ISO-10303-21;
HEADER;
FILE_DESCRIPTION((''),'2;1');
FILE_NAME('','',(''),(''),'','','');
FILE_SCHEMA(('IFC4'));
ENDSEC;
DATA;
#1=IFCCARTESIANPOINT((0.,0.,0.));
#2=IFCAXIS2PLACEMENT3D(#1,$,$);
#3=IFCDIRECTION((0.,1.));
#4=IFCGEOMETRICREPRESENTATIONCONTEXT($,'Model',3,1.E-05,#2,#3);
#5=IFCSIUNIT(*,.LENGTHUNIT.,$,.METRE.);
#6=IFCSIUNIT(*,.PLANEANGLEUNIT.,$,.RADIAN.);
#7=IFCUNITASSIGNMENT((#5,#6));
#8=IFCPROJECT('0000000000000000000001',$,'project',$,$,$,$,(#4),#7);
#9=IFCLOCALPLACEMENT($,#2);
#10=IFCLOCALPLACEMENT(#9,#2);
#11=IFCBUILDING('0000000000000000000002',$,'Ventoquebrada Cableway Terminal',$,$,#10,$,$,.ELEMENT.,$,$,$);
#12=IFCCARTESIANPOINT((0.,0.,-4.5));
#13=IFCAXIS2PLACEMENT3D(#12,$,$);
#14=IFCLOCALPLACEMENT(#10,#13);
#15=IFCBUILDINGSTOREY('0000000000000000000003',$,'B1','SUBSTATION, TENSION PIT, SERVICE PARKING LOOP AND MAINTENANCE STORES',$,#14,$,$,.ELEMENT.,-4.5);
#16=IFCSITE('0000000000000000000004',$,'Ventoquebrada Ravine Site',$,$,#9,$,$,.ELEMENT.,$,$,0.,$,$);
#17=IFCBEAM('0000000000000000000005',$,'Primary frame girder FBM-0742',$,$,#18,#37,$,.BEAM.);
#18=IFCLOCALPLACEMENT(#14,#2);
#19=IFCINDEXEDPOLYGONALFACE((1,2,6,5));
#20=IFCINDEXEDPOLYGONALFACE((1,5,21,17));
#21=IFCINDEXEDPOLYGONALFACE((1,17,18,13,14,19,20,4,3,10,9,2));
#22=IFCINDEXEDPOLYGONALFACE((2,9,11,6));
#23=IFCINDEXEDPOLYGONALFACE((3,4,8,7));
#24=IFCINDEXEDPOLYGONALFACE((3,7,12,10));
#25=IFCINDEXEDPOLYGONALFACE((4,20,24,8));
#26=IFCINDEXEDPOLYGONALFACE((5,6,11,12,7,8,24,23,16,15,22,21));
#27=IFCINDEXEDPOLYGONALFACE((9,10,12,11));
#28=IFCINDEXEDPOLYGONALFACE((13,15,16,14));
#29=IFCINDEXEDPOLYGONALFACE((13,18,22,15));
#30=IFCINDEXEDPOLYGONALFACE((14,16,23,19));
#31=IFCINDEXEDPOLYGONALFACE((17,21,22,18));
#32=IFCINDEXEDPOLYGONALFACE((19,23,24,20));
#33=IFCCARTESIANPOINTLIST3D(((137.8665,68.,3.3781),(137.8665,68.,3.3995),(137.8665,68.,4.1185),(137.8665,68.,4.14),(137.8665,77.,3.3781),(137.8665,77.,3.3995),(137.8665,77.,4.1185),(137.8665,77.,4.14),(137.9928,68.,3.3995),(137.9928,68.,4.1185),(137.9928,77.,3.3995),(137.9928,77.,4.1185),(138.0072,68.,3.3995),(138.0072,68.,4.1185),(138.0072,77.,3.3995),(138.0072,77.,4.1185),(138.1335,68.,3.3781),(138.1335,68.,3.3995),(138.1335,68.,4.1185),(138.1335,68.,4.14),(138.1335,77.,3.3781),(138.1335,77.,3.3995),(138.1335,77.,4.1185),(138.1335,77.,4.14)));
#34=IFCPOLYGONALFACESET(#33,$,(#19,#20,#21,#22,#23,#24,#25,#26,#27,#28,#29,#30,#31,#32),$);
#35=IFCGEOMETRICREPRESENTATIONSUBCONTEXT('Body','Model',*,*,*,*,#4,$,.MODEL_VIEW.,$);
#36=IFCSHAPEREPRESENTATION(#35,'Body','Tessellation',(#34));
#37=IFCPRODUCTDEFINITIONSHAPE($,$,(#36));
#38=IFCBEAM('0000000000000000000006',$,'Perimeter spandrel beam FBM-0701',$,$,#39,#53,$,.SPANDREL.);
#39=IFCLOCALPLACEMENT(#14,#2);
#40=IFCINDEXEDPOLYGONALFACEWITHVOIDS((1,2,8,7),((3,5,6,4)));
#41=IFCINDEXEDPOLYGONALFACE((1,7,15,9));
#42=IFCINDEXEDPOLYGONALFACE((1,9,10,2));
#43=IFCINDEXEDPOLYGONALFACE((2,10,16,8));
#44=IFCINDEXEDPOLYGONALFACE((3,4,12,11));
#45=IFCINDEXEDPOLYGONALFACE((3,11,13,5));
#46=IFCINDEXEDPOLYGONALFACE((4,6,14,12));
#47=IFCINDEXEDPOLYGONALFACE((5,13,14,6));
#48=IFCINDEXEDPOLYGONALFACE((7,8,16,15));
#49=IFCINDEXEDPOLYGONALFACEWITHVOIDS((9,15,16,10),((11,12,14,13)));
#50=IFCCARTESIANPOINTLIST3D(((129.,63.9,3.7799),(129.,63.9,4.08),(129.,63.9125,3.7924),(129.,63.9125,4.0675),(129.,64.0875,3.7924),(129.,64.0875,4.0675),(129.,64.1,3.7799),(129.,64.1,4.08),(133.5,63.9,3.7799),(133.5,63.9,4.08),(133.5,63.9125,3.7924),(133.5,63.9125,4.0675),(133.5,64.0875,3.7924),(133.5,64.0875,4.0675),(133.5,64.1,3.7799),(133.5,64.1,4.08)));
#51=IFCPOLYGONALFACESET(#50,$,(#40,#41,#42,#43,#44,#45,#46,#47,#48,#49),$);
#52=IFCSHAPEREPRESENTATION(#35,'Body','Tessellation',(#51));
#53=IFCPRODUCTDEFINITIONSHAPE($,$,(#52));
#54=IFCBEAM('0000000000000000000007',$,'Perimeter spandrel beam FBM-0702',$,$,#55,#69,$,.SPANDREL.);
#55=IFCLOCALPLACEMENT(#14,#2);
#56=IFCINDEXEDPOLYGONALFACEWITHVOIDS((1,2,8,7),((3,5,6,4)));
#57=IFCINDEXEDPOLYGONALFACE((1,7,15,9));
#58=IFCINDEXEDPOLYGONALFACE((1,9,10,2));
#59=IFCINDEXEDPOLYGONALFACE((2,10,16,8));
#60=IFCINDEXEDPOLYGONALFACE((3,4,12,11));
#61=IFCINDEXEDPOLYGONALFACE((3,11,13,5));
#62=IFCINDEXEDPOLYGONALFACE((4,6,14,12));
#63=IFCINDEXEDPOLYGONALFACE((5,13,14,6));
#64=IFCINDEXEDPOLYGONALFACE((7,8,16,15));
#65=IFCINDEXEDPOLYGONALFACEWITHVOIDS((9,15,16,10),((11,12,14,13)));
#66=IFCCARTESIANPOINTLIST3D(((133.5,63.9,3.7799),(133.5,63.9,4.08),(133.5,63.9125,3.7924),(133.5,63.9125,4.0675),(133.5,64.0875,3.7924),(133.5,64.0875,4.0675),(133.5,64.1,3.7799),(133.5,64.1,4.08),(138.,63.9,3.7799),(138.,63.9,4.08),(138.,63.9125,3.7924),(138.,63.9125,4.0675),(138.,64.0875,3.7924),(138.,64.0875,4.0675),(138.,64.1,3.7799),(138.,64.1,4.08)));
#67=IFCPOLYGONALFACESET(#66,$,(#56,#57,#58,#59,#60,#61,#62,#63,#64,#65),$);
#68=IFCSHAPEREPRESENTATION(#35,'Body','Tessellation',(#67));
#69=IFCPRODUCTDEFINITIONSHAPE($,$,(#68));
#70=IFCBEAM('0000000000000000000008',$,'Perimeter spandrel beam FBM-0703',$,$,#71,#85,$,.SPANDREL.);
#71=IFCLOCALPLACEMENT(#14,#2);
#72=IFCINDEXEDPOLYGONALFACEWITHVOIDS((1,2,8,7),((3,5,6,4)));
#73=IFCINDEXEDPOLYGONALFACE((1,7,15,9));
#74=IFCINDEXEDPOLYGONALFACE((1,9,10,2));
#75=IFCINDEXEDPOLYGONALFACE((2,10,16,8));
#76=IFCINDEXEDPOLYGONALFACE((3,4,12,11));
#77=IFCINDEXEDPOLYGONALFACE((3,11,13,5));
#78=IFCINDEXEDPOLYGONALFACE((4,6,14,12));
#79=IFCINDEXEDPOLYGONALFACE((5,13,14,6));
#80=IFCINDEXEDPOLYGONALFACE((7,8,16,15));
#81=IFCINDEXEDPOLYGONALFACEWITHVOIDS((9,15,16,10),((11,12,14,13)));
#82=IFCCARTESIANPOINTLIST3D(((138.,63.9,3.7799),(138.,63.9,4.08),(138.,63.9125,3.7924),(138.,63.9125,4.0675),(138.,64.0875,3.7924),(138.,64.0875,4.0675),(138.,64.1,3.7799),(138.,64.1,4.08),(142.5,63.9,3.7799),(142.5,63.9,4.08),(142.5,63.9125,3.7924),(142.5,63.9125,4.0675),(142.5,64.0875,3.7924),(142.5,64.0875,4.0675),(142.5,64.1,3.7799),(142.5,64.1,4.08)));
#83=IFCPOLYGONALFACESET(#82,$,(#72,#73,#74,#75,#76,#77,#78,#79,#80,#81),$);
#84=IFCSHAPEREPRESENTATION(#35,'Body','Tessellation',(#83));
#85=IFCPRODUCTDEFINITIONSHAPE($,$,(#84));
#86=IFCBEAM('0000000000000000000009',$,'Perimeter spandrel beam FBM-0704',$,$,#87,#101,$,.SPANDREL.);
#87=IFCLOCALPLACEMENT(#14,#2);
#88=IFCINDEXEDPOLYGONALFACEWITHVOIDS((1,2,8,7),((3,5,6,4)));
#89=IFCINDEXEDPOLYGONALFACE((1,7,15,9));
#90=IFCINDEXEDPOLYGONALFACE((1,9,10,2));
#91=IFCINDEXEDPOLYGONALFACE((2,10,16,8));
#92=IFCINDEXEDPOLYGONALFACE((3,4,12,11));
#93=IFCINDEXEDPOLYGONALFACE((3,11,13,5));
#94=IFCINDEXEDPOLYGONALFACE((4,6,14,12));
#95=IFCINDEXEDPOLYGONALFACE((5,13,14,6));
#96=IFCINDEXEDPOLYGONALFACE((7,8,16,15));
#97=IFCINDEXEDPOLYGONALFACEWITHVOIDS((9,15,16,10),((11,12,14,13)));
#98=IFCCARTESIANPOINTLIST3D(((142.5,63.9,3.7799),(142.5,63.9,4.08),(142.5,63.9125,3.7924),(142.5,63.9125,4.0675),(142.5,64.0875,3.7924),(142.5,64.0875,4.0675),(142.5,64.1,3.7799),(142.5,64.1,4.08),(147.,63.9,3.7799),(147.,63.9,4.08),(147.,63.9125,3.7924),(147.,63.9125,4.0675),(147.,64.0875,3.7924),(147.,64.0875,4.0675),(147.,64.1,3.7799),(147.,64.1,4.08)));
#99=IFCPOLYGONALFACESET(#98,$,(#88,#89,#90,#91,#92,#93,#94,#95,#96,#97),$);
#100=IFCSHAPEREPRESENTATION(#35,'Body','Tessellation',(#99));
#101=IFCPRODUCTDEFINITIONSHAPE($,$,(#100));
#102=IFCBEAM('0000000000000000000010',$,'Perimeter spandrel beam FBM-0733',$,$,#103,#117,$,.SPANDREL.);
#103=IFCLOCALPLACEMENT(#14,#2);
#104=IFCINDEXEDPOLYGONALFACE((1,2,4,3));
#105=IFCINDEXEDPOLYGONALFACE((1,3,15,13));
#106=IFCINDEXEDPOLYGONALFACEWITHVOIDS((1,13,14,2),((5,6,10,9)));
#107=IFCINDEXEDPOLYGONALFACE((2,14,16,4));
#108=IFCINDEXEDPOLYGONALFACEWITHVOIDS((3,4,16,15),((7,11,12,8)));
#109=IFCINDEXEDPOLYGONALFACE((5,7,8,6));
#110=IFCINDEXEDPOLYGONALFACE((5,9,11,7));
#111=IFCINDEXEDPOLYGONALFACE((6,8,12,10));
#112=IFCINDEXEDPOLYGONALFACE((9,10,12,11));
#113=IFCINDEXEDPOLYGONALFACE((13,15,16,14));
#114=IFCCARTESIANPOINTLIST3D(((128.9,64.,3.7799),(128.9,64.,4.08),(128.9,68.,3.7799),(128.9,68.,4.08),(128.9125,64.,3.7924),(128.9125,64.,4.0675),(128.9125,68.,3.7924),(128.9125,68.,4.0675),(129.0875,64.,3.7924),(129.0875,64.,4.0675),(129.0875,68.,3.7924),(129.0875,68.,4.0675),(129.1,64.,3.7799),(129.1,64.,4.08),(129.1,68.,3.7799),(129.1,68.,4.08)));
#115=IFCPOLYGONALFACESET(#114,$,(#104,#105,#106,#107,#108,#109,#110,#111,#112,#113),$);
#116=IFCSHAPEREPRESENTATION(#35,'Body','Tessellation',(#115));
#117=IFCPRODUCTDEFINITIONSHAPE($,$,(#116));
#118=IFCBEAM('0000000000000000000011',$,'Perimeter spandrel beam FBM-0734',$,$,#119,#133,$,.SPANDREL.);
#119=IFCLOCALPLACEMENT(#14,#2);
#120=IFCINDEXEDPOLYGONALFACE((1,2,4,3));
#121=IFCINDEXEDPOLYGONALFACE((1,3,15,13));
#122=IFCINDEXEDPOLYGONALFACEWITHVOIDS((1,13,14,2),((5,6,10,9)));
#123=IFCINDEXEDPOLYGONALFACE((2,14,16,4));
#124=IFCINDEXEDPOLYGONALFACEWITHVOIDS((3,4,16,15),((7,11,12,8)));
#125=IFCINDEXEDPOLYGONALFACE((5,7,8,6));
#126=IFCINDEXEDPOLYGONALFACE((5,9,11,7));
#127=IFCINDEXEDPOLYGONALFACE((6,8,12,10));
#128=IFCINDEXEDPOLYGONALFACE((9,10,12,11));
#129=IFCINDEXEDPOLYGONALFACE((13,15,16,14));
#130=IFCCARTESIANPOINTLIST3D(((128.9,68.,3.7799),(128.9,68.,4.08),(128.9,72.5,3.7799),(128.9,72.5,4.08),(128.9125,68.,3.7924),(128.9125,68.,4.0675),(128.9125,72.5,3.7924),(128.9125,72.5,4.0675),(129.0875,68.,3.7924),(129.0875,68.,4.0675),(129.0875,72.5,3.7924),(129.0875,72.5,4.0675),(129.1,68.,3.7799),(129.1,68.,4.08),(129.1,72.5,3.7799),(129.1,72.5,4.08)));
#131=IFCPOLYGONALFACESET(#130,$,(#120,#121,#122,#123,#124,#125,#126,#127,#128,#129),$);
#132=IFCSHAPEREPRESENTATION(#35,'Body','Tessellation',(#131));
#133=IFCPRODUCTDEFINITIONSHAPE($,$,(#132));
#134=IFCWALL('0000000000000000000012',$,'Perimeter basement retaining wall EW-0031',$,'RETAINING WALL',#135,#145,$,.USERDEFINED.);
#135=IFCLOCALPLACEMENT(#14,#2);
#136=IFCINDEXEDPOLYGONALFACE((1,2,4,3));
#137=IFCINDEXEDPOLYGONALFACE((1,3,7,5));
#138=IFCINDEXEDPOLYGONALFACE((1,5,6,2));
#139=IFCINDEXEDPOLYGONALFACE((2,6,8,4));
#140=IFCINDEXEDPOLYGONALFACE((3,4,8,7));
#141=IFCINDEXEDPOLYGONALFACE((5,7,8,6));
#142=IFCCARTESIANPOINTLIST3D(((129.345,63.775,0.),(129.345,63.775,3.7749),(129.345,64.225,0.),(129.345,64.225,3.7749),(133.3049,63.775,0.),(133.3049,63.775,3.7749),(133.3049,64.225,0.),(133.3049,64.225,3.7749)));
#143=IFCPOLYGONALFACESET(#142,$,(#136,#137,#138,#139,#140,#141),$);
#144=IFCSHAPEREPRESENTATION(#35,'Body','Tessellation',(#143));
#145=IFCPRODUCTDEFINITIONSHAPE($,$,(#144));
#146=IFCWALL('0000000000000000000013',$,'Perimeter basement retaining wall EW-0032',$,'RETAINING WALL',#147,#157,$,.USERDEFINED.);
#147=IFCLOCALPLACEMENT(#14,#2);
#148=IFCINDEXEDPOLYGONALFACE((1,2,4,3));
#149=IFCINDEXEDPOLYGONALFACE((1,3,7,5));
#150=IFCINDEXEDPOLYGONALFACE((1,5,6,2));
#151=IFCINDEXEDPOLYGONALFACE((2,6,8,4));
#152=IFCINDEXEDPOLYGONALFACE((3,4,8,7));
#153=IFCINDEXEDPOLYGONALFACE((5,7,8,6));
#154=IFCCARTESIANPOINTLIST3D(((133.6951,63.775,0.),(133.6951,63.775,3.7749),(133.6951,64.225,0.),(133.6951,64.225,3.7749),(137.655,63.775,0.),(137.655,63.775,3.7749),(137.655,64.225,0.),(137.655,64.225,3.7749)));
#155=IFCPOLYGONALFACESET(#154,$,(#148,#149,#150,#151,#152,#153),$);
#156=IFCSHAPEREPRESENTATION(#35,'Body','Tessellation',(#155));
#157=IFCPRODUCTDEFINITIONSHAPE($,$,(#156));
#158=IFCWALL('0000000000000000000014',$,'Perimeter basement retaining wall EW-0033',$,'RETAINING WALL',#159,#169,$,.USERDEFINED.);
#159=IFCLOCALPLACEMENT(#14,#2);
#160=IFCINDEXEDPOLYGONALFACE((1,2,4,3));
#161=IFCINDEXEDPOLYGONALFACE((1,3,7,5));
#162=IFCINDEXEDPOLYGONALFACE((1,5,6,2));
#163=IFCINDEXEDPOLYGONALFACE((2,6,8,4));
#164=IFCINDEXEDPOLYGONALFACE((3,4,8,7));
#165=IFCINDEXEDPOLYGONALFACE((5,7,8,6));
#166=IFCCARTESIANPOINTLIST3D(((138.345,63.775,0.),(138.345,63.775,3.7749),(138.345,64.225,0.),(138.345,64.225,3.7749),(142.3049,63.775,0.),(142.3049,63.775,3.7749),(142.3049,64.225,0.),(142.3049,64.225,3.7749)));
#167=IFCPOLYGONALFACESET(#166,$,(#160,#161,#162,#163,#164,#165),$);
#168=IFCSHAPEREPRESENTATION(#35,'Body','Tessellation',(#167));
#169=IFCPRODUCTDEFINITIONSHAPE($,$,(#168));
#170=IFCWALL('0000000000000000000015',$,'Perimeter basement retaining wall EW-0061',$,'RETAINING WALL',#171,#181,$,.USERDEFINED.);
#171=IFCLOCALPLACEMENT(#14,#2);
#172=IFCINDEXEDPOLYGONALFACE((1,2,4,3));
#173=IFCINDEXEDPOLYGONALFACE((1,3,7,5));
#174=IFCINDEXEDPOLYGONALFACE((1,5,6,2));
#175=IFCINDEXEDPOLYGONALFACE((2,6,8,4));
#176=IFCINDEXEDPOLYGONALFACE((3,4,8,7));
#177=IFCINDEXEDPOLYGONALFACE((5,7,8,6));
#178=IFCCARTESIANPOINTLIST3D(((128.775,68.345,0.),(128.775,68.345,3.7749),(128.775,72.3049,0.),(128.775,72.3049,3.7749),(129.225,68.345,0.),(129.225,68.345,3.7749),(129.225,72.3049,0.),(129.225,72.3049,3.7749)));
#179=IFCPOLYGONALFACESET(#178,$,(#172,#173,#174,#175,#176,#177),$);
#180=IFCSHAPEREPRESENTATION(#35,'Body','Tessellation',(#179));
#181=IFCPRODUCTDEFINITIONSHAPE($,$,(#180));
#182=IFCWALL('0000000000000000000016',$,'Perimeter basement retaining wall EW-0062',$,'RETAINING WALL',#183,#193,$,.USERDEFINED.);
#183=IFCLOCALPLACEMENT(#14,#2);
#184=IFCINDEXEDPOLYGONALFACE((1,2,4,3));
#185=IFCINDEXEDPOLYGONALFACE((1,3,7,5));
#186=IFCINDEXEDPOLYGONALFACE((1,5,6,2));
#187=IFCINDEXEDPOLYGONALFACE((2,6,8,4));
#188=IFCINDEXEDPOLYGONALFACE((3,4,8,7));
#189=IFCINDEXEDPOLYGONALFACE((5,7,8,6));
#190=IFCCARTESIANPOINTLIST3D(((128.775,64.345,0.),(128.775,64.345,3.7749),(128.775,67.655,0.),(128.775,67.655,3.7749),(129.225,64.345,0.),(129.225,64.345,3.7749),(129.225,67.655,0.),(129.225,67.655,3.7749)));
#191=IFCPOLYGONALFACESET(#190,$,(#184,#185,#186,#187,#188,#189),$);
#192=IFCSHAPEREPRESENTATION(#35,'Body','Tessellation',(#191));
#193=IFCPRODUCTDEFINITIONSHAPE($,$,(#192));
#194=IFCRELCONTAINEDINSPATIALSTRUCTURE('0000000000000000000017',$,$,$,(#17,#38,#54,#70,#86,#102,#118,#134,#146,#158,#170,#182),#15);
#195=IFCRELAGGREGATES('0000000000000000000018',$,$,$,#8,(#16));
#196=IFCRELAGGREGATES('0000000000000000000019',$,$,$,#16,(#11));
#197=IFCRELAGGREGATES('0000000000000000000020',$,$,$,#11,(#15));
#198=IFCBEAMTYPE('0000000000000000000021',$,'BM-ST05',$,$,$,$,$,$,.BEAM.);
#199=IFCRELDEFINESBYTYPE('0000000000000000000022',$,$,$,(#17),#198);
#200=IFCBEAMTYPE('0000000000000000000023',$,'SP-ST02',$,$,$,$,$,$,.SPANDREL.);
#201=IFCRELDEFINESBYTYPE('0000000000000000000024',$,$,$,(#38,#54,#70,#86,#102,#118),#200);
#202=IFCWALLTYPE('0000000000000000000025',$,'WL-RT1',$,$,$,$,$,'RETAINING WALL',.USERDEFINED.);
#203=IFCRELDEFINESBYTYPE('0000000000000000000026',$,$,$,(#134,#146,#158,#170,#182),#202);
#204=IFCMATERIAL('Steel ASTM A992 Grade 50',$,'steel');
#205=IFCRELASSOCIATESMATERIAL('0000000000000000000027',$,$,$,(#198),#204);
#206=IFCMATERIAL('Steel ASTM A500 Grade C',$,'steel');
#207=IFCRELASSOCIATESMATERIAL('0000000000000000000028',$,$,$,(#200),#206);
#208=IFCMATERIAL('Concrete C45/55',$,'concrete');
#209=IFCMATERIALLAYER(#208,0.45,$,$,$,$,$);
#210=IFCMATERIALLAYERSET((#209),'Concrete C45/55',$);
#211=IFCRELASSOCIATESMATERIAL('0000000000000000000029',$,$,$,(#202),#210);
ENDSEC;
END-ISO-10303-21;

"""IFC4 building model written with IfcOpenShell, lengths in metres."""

from ifc_helpers import new_model, si_unit, direction, frame, frame_2d, origin, origin_2d, place, context, subcontext, project, spatial, rectangle, hollow_rectangle, i_section, extrude, material, layer, layer_set, material_profile, profile_set, type_object, element, save


model = new_model("IFC4")

# Units and contexts
model_context = context("Model", 3, precision=1e-05, world=origin(), true_north=direction((0.0, 1.0)))
body_context = subcontext(model_context, "Body", "Model", "MODEL_VIEW")
ifc_project = project(units=[si_unit("LENGTHUNIT", "METRE"), si_unit("PLANEANGLEUNIT", "RADIAN")], contexts=[model_context])

# Site, building, storey
site_placement = place(None, origin())
site = spatial("IfcSite", under=ifc_project, at=site_placement, Name="Ventoquebrada Ravine Site", CompositionType="ELEMENT", RefElevation=0.0)
building_placement = place(site_placement, origin())
building = spatial("IfcBuilding", under=site, at=building_placement, Name="Ventoquebrada Cableway Terminal", CompositionType="ELEMENT")
storey_placement = place(building_placement, frame((0.0, 0.0, -4.5)))
storey = spatial("IfcBuildingStorey", under=building, at=storey_placement, Name="B1", Description="SUBSTATION, TENSION PIT, SERVICE PARKING LOOP AND MAINTENANCE STORES", CompositionType="ELEMENT", Elevation=-4.5)

# Beams
ifc_material_1 = material(Name="Steel ASTM A992 Grade 50", Category="steel")
ifc_material_profile_1 = material_profile(ifc_material_1, i_section(OverallWidth=0.2671, OverallDepth=0.762, WebThickness=0.0144, FlangeThickness=0.0215, at=origin_2d()), Name="W30X116")
ifc_profile_set_1 = profile_set([ifc_material_profile_1], Name="Steel ASTM A992 Grade 50")
beam_type_1 = type_object("IfcBeamType", Name="BM-ST05", PredefinedType="BEAM", material=ifc_profile_set_1)
beam_1_placement = place(storey_placement, frame((138.0, 68.0, 3.759), z_axis=(0.0, 1.0, 0.0), x_axis=(-1.0, 0.0, 0.0)))
element("IfcBeam", 1, at=beam_1_placement, inside=storey, type_object=beam_type_1, Name="Primary frame girder FBM-0742", PredefinedType="BEAM", context=body_context, shape_type="SweptSolid", body=[
    extrude(i_section(OverallWidth=0.2671, OverallDepth=0.762, WebThickness=0.0144, FlangeThickness=0.0215, at=origin_2d()), origin(), (0.0, 0.0, 1.0), 9.0),
])
ifc_material_2 = material(Name="Steel ASTM A500 Grade C", Category="steel")
ifc_material_profile_2 = material_profile(ifc_material_2, hollow_rectangle(XDim=0.2, YDim=0.3, WallThickness=0.0125, at=origin_2d()), Name="RHS300X200X12.5")
ifc_profile_set_2 = profile_set([ifc_material_profile_2], Name="Steel ASTM A500 Grade C")
beam_type_2 = type_object("IfcBeamType", Name="SP-ST02", PredefinedType="SPANDREL", material=ifc_profile_set_2)
for number, where, z_axis, x_axis, name in (
    (2, (129.0, 64.0, 3.9299), (1.0, 0.0, 0.0), (0.0, 1.0, 0.0), "Perimeter spandrel beam FBM-0701"),
    (3, (133.5, 64.0, 3.9299), (1.0, 0.0, 0.0), (0.0, 1.0, 0.0), "Perimeter spandrel beam FBM-0702"),
    (4, (138.0, 64.0, 3.9299), (1.0, 0.0, 0.0), (0.0, 1.0, 0.0), "Perimeter spandrel beam FBM-0703"),
    (5, (142.5, 64.0, 3.9299), (1.0, 0.0, 0.0), (0.0, 1.0, 0.0), "Perimeter spandrel beam FBM-0704"),
):
    element("IfcBeam", number, at=place(storey_placement, frame(where, z_axis=z_axis, x_axis=x_axis)), inside=storey, type_object=beam_type_2, Name=name, PredefinedType="SPANDREL", context=body_context, shape_type="SweptSolid", body=[
        extrude(hollow_rectangle(XDim=0.2, YDim=0.3, WallThickness=0.0125, at=origin_2d()), origin(), (0.0, 0.0, 1.0), 4.5),
    ])
beam_2_placement = place(storey_placement, frame((129.0, 64.0, 3.9299), z_axis=(0.0, 1.0, 0.0), x_axis=(-1.0, 0.0, 0.0)))
element("IfcBeam", 6, at=beam_2_placement, inside=storey, type_object=beam_type_2, Name="Perimeter spandrel beam FBM-0733", PredefinedType="SPANDREL", context=body_context, shape_type="SweptSolid", body=[
    extrude(hollow_rectangle(XDim=0.2, YDim=0.3, WallThickness=0.0125, at=origin_2d()), origin(), (0.0, 0.0, 1.0), 4.0),
])
beam_3_placement = place(storey_placement, frame((129.0, 68.0, 3.9299), z_axis=(0.0, 1.0, 0.0), x_axis=(-1.0, 0.0, 0.0)))
element("IfcBeam", 7, at=beam_3_placement, inside=storey, type_object=beam_type_2, Name="Perimeter spandrel beam FBM-0734", PredefinedType="SPANDREL", context=body_context, shape_type="SweptSolid", body=[
    extrude(hollow_rectangle(XDim=0.2, YDim=0.3, WallThickness=0.0125, at=origin_2d()), origin(), (0.0, 0.0, 1.0), 4.5),
])

# Walls
ifc_material_3 = material(Name="Concrete C45/55", Category="concrete")
ifc_layer = layer(ifc_material_3, 0.45)
ifc_layer_set = layer_set([ifc_layer], Name="Concrete C45/55")
wall_type = type_object("IfcWallType", Name="WL-RT1", ElementType="RETAINING WALL", PredefinedType="USERDEFINED", material=ifc_layer_set)
for number, where, z_axis, x_axis, name in (
    (8, (129.345, 64.0, 0.0), (0.0, 0.0, 1.0), (1.0, 0.0, 0.0), "Perimeter basement retaining wall EW-0031"),
    (9, (133.6951, 64.0, 0.0), (0.0, 0.0, 1.0), (1.0, 0.0, 0.0), "Perimeter basement retaining wall EW-0032"),
    (10, (138.345, 64.0, 0.0), (0.0, 0.0, 1.0), (1.0, 0.0, 0.0), "Perimeter basement retaining wall EW-0033"),
    (11, (129.0, 72.3049, 0.0), (0.0, 0.0, 1.0), (0.0, -1.0, 0.0), "Perimeter basement retaining wall EW-0061"),
):
    element("IfcWall", number, at=place(storey_placement, frame(where, z_axis=z_axis, x_axis=x_axis)), inside=storey, type_object=wall_type, Name=name, ObjectType="RETAINING WALL", PredefinedType="USERDEFINED", context=body_context, shape_type="SweptSolid", body=[
        extrude(rectangle(XDim=3.96, YDim=0.45, at=frame_2d((1.98, 0.0))), origin(), (0.0, 0.0, 1.0), 3.7749),
    ])
wall_placement = place(storey_placement, frame((129.0, 67.655, 0.0), z_axis=(0.0, 0.0, 1.0), x_axis=(0.0, -1.0, 0.0)))
element("IfcWall", 12, at=wall_placement, inside=storey, type_object=wall_type, Name="Perimeter basement retaining wall EW-0062", ObjectType="RETAINING WALL", PredefinedType="USERDEFINED", context=body_context, shape_type="SweptSolid", body=[
    extrude(rectangle(XDim=3.3101, YDim=0.45, at=frame_2d((1.655, 0.0))), origin(), (0.0, 0.0, 1.0), 3.7749),
])

save(model, "model.ifc")
